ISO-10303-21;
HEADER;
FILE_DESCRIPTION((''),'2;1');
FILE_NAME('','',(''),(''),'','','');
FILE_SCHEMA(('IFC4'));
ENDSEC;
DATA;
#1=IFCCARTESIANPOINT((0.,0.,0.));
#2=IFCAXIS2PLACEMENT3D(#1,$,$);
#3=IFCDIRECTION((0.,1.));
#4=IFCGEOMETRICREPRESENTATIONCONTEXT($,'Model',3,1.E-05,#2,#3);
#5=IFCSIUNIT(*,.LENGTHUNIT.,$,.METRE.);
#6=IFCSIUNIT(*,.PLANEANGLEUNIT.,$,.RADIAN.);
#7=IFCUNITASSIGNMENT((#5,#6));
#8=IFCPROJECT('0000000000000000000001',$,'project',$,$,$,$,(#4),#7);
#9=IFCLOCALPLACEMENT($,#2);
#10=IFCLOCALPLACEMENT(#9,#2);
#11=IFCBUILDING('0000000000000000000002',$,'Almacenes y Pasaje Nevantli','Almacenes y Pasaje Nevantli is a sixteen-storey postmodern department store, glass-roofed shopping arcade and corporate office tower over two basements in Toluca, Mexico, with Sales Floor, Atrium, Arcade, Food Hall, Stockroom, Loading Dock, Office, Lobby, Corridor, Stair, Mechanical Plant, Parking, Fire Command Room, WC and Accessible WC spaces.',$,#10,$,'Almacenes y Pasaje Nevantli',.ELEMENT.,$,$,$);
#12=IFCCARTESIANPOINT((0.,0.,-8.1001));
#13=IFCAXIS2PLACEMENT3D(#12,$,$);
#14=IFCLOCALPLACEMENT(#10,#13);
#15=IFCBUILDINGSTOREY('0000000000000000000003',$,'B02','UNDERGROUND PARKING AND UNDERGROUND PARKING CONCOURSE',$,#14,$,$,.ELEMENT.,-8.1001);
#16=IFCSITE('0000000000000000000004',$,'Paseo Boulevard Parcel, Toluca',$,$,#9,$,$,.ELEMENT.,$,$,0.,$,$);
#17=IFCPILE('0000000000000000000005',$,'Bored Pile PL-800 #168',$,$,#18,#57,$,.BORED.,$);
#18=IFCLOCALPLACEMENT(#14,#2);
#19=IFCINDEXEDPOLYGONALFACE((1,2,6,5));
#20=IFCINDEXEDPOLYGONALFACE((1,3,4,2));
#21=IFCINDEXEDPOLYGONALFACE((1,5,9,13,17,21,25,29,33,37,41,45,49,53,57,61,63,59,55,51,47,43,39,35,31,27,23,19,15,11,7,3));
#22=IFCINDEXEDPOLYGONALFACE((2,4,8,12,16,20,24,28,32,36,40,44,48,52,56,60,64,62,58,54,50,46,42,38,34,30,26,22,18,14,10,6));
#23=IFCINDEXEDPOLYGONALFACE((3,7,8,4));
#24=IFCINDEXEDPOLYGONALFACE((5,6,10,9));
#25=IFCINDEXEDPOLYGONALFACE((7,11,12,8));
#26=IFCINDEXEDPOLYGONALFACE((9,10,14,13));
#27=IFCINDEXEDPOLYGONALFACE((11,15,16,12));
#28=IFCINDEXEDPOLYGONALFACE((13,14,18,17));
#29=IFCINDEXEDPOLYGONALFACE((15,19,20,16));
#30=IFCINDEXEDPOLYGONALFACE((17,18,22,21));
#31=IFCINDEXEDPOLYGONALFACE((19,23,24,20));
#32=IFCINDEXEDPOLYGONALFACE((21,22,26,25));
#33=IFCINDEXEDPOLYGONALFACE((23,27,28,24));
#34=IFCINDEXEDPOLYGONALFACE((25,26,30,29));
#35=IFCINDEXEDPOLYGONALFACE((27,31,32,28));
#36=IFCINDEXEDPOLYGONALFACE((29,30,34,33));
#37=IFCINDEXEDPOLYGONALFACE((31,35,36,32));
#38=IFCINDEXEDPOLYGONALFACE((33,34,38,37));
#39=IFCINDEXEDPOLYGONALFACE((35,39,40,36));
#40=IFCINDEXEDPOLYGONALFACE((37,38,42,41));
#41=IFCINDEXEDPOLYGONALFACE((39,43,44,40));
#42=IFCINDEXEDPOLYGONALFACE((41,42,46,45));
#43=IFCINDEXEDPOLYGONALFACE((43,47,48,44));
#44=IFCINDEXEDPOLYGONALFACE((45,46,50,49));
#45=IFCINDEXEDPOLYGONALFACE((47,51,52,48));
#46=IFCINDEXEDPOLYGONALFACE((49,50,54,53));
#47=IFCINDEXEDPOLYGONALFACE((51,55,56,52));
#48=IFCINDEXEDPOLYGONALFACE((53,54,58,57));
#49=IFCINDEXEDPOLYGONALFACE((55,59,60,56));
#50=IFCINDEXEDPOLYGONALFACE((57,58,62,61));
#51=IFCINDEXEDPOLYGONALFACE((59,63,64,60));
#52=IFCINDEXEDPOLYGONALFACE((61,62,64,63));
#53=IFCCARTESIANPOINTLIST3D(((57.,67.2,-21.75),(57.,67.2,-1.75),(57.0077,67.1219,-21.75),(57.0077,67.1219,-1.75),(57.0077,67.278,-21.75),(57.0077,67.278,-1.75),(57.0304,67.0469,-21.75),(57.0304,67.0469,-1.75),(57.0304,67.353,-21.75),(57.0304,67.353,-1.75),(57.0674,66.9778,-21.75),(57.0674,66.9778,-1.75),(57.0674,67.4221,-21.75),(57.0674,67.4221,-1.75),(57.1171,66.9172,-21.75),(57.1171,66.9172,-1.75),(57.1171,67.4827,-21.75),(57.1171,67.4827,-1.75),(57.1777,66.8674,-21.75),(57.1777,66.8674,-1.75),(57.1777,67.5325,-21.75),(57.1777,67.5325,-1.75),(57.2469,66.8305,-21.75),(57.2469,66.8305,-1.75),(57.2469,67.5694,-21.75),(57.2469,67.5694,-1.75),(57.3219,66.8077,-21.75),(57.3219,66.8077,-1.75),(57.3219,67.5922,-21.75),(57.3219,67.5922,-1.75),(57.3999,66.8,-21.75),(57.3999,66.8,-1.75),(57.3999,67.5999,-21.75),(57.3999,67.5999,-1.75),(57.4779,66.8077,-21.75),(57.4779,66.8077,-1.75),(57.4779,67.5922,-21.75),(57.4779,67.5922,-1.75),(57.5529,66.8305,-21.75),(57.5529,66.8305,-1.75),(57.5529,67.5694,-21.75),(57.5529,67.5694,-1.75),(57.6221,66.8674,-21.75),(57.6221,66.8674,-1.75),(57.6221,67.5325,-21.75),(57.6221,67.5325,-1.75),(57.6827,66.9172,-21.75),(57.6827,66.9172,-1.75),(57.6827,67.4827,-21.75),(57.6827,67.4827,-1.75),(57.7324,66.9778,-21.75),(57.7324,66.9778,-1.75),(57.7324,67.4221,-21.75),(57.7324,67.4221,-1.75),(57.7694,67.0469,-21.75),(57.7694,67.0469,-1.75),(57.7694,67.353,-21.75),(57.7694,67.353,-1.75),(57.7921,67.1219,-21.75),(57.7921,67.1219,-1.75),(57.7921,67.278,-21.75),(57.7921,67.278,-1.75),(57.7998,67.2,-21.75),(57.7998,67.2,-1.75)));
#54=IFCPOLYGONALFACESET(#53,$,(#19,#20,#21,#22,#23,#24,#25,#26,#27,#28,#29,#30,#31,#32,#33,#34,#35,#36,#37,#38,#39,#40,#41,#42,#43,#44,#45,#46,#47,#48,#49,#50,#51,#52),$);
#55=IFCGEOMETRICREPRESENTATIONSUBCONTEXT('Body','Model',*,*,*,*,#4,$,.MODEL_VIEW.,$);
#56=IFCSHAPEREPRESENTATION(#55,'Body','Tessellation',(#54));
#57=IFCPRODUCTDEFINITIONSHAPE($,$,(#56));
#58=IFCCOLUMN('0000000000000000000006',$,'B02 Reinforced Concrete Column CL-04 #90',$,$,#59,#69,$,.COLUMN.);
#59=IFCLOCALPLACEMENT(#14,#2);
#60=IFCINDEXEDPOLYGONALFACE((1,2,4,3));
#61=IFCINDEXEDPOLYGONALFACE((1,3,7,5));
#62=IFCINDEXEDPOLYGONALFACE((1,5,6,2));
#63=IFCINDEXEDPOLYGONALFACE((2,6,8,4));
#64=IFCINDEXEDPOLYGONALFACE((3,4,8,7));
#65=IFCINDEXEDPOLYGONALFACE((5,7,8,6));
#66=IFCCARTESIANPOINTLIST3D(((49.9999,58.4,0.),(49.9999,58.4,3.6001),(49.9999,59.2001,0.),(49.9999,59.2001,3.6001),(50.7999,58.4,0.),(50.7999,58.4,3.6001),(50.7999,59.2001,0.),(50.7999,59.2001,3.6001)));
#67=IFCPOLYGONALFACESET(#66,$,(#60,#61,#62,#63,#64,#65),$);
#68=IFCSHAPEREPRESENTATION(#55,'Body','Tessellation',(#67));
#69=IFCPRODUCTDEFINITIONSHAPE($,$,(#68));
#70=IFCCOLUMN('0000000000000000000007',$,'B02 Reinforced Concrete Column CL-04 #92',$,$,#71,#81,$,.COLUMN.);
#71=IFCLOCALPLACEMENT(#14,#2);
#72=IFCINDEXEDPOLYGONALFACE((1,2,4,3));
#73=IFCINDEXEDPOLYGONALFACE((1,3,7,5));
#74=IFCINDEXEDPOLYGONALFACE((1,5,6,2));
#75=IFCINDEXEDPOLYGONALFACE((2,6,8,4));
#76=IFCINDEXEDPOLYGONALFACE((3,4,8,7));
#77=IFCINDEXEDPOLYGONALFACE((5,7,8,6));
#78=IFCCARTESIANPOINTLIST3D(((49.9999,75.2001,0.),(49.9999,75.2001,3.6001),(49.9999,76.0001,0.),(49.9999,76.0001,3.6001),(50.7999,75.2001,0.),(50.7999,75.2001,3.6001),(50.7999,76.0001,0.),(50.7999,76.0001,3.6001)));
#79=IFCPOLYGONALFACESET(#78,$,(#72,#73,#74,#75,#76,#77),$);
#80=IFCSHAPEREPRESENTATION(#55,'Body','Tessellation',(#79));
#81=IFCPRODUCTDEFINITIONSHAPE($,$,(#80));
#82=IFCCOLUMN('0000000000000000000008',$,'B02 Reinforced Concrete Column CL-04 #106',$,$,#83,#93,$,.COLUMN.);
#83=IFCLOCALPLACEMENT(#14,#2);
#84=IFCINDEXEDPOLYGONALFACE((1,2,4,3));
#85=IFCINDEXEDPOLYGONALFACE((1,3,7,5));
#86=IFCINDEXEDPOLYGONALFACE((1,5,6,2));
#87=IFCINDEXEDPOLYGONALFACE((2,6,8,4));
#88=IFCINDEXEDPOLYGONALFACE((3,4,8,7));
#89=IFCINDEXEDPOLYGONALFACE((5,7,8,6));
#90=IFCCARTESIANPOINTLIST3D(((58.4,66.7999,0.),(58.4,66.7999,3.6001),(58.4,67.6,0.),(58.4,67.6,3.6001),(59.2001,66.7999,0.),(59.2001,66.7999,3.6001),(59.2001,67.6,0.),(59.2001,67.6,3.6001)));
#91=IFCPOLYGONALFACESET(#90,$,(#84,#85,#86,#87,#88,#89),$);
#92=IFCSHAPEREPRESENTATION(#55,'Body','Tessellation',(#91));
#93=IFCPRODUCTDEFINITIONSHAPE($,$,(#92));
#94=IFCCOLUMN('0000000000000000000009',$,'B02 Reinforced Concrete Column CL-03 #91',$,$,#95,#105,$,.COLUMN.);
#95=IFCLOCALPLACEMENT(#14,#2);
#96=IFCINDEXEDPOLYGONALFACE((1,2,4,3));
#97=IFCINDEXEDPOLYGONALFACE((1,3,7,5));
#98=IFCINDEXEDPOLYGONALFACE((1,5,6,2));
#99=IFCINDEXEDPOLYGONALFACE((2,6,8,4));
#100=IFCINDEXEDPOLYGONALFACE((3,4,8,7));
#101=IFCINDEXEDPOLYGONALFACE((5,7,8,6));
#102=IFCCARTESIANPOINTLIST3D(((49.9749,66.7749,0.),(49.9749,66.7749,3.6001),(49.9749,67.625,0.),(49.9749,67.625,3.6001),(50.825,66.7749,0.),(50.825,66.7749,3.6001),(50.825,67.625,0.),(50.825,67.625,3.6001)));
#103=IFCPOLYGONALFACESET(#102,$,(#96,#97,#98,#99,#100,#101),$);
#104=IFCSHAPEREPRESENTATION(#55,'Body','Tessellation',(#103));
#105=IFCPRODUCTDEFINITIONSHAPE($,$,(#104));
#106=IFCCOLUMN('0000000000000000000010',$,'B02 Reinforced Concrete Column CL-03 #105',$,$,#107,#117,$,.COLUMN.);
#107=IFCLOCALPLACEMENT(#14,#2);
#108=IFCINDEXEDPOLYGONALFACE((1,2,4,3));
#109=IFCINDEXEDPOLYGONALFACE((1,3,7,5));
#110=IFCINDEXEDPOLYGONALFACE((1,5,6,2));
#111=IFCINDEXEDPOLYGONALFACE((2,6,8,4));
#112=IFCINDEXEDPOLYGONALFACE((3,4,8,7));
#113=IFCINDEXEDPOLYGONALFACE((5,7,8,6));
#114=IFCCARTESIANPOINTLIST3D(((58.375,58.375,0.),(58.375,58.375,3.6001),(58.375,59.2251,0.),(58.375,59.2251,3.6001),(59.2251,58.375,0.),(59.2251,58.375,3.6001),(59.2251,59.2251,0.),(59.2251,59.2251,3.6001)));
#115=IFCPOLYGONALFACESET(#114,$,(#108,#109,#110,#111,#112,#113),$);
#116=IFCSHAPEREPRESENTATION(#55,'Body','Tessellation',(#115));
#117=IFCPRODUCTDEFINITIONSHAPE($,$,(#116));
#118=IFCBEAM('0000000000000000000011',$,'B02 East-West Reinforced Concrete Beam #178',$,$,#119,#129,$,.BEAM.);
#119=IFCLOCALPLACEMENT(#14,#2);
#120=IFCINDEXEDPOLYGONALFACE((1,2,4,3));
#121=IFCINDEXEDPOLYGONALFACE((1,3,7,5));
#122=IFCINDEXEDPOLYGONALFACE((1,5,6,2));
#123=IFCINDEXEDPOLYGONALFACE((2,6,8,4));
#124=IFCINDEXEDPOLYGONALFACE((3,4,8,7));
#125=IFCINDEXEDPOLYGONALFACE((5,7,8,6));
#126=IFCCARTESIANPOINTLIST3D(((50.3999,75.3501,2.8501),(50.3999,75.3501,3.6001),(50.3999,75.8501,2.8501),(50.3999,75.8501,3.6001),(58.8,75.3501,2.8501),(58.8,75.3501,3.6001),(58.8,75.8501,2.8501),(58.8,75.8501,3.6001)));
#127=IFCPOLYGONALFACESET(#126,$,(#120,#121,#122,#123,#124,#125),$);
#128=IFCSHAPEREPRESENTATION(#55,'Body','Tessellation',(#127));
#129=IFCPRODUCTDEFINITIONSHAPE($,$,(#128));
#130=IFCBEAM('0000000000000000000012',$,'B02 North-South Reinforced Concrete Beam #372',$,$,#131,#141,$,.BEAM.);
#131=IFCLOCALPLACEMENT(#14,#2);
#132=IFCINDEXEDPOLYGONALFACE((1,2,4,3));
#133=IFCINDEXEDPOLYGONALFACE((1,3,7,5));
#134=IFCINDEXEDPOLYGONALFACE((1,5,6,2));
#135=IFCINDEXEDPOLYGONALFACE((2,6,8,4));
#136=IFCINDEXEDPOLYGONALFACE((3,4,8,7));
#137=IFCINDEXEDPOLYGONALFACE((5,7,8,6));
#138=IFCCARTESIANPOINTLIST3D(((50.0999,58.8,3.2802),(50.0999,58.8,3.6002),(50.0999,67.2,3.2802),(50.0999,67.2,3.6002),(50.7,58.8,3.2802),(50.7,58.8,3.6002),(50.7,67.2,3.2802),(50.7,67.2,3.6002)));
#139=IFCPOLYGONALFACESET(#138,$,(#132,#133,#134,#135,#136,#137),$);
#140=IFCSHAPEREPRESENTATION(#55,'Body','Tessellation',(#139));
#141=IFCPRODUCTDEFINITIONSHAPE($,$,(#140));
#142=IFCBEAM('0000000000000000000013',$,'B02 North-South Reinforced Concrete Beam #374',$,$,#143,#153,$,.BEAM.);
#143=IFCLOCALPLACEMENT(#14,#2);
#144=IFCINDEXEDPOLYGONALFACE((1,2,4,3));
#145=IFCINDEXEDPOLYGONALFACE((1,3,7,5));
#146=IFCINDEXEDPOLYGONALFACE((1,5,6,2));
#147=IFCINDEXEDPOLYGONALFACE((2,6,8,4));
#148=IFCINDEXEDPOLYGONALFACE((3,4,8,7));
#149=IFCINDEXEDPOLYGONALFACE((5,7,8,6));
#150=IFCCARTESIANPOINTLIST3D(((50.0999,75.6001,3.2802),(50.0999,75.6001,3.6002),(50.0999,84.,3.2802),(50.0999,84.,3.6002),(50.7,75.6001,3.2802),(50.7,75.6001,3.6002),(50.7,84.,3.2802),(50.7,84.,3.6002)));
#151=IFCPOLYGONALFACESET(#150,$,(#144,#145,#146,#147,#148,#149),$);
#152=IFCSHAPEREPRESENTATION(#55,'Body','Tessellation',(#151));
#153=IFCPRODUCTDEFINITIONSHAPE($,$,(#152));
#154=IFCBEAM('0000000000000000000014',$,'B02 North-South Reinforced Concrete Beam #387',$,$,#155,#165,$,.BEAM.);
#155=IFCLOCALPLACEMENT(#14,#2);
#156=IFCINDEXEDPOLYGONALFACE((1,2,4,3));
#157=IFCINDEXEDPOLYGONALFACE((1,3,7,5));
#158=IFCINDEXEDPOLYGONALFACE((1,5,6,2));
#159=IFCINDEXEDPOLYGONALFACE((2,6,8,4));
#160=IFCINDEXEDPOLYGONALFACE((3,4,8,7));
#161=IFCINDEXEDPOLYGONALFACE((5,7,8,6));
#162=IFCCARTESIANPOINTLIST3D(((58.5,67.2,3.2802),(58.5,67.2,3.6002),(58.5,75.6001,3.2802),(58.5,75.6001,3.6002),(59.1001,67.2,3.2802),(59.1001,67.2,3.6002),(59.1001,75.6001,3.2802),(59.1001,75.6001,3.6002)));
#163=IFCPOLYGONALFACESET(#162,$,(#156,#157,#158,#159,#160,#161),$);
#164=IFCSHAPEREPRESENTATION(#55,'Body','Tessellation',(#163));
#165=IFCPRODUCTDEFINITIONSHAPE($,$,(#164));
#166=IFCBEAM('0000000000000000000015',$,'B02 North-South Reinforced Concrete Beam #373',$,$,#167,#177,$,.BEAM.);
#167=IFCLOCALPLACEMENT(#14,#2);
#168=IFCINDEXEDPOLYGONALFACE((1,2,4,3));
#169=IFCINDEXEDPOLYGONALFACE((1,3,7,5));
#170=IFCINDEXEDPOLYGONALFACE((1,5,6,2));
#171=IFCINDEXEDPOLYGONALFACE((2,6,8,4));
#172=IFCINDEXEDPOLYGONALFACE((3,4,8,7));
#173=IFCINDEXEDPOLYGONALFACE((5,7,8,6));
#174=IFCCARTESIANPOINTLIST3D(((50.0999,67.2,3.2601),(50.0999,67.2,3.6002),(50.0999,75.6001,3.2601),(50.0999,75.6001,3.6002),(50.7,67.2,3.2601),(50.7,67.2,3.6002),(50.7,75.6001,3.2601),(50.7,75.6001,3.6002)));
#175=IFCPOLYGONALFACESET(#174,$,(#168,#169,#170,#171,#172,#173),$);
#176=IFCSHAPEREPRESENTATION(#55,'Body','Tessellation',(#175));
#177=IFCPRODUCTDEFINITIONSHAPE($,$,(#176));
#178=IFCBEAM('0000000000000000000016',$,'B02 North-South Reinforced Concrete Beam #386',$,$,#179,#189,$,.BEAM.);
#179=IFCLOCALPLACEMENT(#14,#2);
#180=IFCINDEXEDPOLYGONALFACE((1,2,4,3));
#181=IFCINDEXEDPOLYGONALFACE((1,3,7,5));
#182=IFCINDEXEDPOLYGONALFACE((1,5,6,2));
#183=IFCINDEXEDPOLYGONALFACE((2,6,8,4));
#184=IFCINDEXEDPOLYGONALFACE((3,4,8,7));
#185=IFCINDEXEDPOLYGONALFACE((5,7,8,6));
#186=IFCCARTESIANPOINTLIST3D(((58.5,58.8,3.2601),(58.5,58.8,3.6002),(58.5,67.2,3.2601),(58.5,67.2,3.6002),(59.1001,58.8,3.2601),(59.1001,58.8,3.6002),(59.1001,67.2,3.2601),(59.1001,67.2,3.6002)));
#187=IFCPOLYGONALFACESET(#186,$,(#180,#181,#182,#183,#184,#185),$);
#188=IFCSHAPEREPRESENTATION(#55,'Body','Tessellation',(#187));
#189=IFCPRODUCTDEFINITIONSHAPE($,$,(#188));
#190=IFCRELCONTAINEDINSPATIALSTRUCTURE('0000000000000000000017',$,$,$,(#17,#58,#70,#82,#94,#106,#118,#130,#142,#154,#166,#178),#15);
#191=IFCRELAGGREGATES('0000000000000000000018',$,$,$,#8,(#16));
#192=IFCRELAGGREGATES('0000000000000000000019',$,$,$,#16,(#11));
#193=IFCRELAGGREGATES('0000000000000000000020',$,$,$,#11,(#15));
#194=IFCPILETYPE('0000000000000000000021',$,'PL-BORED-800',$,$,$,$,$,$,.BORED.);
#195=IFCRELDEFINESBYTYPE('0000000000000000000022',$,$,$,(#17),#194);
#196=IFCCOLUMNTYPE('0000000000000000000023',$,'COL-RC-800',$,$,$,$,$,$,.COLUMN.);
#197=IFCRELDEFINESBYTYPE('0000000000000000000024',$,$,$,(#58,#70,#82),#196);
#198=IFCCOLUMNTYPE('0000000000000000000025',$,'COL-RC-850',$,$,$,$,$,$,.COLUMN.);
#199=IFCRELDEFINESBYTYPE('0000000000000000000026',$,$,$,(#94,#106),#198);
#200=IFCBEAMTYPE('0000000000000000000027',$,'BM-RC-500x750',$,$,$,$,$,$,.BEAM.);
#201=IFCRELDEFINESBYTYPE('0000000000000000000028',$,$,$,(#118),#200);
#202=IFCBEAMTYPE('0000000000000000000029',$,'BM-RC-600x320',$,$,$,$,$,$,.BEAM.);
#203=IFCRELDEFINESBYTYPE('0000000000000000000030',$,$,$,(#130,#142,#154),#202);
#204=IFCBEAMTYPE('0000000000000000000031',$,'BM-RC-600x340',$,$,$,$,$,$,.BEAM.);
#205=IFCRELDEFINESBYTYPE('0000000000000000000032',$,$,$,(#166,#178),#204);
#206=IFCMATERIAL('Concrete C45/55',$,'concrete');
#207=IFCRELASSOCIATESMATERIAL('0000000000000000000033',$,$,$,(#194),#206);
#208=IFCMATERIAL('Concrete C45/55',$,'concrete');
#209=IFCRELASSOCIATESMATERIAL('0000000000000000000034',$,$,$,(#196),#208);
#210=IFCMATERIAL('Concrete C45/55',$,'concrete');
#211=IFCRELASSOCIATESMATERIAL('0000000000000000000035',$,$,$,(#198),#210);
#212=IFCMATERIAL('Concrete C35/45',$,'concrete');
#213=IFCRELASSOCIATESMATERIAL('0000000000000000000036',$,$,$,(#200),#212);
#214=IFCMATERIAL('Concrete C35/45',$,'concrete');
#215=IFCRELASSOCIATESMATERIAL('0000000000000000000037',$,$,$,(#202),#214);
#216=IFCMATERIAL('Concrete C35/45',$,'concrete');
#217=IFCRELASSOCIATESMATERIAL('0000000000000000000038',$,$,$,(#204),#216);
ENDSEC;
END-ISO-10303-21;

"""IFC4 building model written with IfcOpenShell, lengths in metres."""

from ifc_helpers import new_model, si_unit, direction, frame, origin, origin_2d, place, context, subcontext, project, spatial, rectangle, circle, extrude, material, material_profile, profile_set, type_object, element, save


model = new_model("IFC4")

# Units and contexts
model_context = context("Model", 3, precision=1e-05, world=origin(), true_north=direction((0.0, 1.0)))
body_context = subcontext(model_context, "Body", "Model", "MODEL_VIEW")
ifc_project = project(units=[si_unit("LENGTHUNIT", "METRE"), si_unit("PLANEANGLEUNIT", "RADIAN")], contexts=[model_context])

# Site, building, storey
site_placement = place(None, origin())
site = spatial("IfcSite", under=ifc_project, at=site_placement, Name="Paseo Boulevard Parcel, Toluca", CompositionType="ELEMENT", RefElevation=0.0)
building_placement = place(site_placement, origin())
building = spatial("IfcBuilding", under=site, at=building_placement, Name="Almacenes y Pasaje Nevantli", Description="Almacenes y Pasaje Nevantli is a sixteen-storey postmodern department store, glass-roofed shopping arcade and corporate office tower over two basements in Toluca, Mexico, with Sales Floor, Atrium, Arcade, Food Hall, Stockroom, Loading Dock, Office, Lobby, Corridor, Stair, Mechanical Plant, Parking, Fire Command Room, WC and Accessible WC spaces.", LongName="Almacenes y Pasaje Nevantli", CompositionType="ELEMENT")
storey_placement = place(building_placement, frame((0.0, 0.0, -8.1001)))
storey = spatial("IfcBuildingStorey", under=building, at=storey_placement, Name="B02", Description="UNDERGROUND PARKING AND UNDERGROUND PARKING CONCOURSE", CompositionType="ELEMENT", Elevation=-8.1001)

# Pile
ifc_material_1 = material(Name="Concrete C45/55", Category="concrete")
ifc_material_profile_1 = material_profile(ifc_material_1, circle(Radius=0.3999, at=origin_2d()), Name="RC-PILE-D800")
ifc_profile_set_1 = profile_set([ifc_material_profile_1], Name="Concrete C45/55")
pile_type_1 = type_object("IfcPileType", Name="PL-BORED-800", PredefinedType="BORED", material=ifc_profile_set_1)
for number, where, z_axis, x_axis, name in (
    (1, (57.3999, 67.2, -1.75), (0.0, 0.0, -1.0), (1.0, 0.0, 0.0), "Bored Pile PL-800 #168"),
):
    element("IfcPile", number, at=place(storey_placement, frame(where, z_axis=z_axis, x_axis=x_axis)), inside=storey, type_object=pile_type_1, Name=name, PredefinedType="BORED", context=body_context, shape_type="SweptSolid", body=[
        extrude(circle(Radius=0.3999, at=origin_2d()), origin(), (0.0, 0.0, 1.0), 20.0),
    ])

# Columns
ifc_material_2 = material(Name="Concrete C45/55", Category="concrete")
ifc_material_profile_2 = material_profile(ifc_material_2, rectangle(XDim=0.8, YDim=0.8, at=origin_2d()), Name="RC-COL-800x800")
ifc_profile_set_2 = profile_set([ifc_material_profile_2], Name="Concrete C45/55")
column_type_1 = type_object("IfcColumnType", Name="COL-RC-800", PredefinedType="COLUMN", material=ifc_profile_set_2)
for number, where, z_axis, x_axis, name in (
    (2, (50.3999, 58.8, 0.0), (0.0, 0.0, 1.0), (1.0, 0.0, 0.0), "B02 Reinforced Concrete Column CL-04 #90"),
    (3, (50.3999, 75.6001, 0.0), (0.0, 0.0, 1.0), (1.0, 0.0, 0.0), "B02 Reinforced Concrete Column CL-04 #92"),
    (4, (58.8, 67.2, 0.0), (0.0, 0.0, 1.0), (1.0, 0.0, 0.0), "B02 Reinforced Concrete Column CL-04 #106"),
):
    element("IfcColumn", number, at=place(storey_placement, frame(where, z_axis=z_axis, x_axis=x_axis)), inside=storey, type_object=column_type_1, Name=name, PredefinedType="COLUMN", context=body_context, shape_type="SweptSolid", body=[
        extrude(rectangle(XDim=0.8, YDim=0.8, at=origin_2d()), origin(), (0.0, 0.0, 1.0), 3.6001),
    ])
ifc_material_3 = material(Name="Concrete C45/55", Category="concrete")
ifc_material_profile_3 = material_profile(ifc_material_3, rectangle(XDim=0.8501, YDim=0.8501, at=origin_2d()), Name="RC-COL-850x850")
ifc_profile_set_3 = profile_set([ifc_material_profile_3], Name="Concrete C45/55")
column_type_2 = type_object("IfcColumnType", Name="COL-RC-850", PredefinedType="COLUMN", material=ifc_profile_set_3)
for number, where, z_axis, x_axis, name in (
    (5, (50.3999, 67.2, 0.0), (0.0, 0.0, 1.0), (1.0, 0.0, 0.0), "B02 Reinforced Concrete Column CL-03 #91"),
    (6, (58.8, 58.8, 0.0), (0.0, 0.0, 1.0), (1.0, 0.0, 0.0), "B02 Reinforced Concrete Column CL-03 #105"),
):
    element("IfcColumn", number, at=place(storey_placement, frame(where, z_axis=z_axis, x_axis=x_axis)), inside=storey, type_object=column_type_2, Name=name, PredefinedType="COLUMN", context=body_context, shape_type="SweptSolid", body=[
        extrude(rectangle(XDim=0.8501, YDim=0.8501, at=origin_2d()), origin(), (0.0, 0.0, 1.0), 3.6001),
    ])

# Beams
ifc_material_4 = material(Name="Concrete C35/45", Category="concrete")
ifc_material_profile_4 = material_profile(ifc_material_4, rectangle(XDim=0.5, YDim=0.75, at=origin_2d()), Name="RC-BM-500x750")
ifc_profile_set_4 = profile_set([ifc_material_profile_4], Name="Concrete C35/45")
beam_type_1 = type_object("IfcBeamType", Name="BM-RC-500x750", PredefinedType="BEAM", material=ifc_profile_set_4)
beam_1_placement = place(storey_placement, frame((50.3999, 75.6001, 3.2251), z_axis=(1.0, 0.0, 0.0), x_axis=(0.0, 1.0, 0.0)))
element("IfcBeam", 7, at=beam_1_placement, inside=storey, type_object=beam_type_1, Name="B02 East-West Reinforced Concrete Beam #178", PredefinedType="BEAM", context=body_context, shape_type="SweptSolid", body=[
    extrude(rectangle(XDim=0.5, YDim=0.75, at=origin_2d()), origin(), (0.0, 0.0, 1.0), 8.4001),
])
ifc_material_5 = material(Name="Concrete C35/45", Category="concrete")
ifc_material_profile_5 = material_profile(ifc_material_5, rectangle(XDim=0.6001, YDim=0.3201, at=origin_2d()), Name="RC-BM-600x320")
ifc_profile_set_5 = profile_set([ifc_material_profile_5], Name="Concrete C35/45")
beam_type_2 = type_object("IfcBeamType", Name="BM-RC-600x320", PredefinedType="BEAM", material=ifc_profile_set_5)
for number, where, z_axis, x_axis, name in (
    (8, (50.3999, 58.8, 3.4402), (0.0, 1.0, 0.0), (-1.0, 0.0, 0.0), "B02 North-South Reinforced Concrete Beam #372"),
    (9, (50.3999, 75.6001, 3.4402), (0.0, 1.0, 0.0), (-1.0, 0.0, 0.0), "B02 North-South Reinforced Concrete Beam #374"),
):
    element("IfcBeam", number, at=place(storey_placement, frame(where, z_axis=z_axis, x_axis=x_axis)), inside=storey, type_object=beam_type_2, Name=name, PredefinedType="BEAM", context=body_context, shape_type="SweptSolid", body=[
        extrude(rectangle(XDim=0.6001, YDim=0.3201, at=origin_2d()), origin(), (0.0, 0.0, 1.0), 8.3999),
    ])
beam_2_placement = place(storey_placement, frame((58.8, 67.2, 3.4402), z_axis=(0.0, 1.0, 0.0), x_axis=(-1.0, 0.0, 0.0)))
element("IfcBeam", 10, at=beam_2_placement, inside=storey, type_object=beam_type_2, Name="B02 North-South Reinforced Concrete Beam #387", PredefinedType="BEAM", context=body_context, shape_type="SweptSolid", body=[
    extrude(rectangle(XDim=0.6001, YDim=0.3201, at=origin_2d()), origin(), (0.0, 0.0, 1.0), 8.4001),
])
ifc_material_6 = material(Name="Concrete C35/45", Category="concrete")
ifc_material_profile_6 = material_profile(ifc_material_6, rectangle(XDim=0.6001, YDim=0.3401, at=origin_2d()), Name="RC-BM-600x340")
ifc_profile_set_6 = profile_set([ifc_material_profile_6], Name="Concrete C35/45")
beam_type_3 = type_object("IfcBeamType", Name="BM-RC-600x340", PredefinedType="BEAM", material=ifc_profile_set_6)
beam_3_placement = place(storey_placement, frame((50.3999, 67.2, 3.4302), z_axis=(0.0, 1.0, 0.0), x_axis=(-1.0, 0.0, 0.0)))
element("IfcBeam", 11, at=beam_3_placement, inside=storey, type_object=beam_type_3, Name="B02 North-South Reinforced Concrete Beam #373", PredefinedType="BEAM", context=body_context, shape_type="SweptSolid", body=[
    extrude(rectangle(XDim=0.6001, YDim=0.3401, at=origin_2d()), origin(), (0.0, 0.0, 1.0), 8.4001),
])
beam_4_placement = place(storey_placement, frame((58.8, 58.8, 3.4302), z_axis=(0.0, 1.0, 0.0), x_axis=(-1.0, 0.0, 0.0)))
element("IfcBeam", 12, at=beam_4_placement, inside=storey, type_object=beam_type_3, Name="B02 North-South Reinforced Concrete Beam #386", PredefinedType="BEAM", context=body_context, shape_type="SweptSolid", body=[
    extrude(rectangle(XDim=0.6001, YDim=0.3401, at=origin_2d()), origin(), (0.0, 0.0, 1.0), 8.3999),
])

save(model, "model.ifc")
